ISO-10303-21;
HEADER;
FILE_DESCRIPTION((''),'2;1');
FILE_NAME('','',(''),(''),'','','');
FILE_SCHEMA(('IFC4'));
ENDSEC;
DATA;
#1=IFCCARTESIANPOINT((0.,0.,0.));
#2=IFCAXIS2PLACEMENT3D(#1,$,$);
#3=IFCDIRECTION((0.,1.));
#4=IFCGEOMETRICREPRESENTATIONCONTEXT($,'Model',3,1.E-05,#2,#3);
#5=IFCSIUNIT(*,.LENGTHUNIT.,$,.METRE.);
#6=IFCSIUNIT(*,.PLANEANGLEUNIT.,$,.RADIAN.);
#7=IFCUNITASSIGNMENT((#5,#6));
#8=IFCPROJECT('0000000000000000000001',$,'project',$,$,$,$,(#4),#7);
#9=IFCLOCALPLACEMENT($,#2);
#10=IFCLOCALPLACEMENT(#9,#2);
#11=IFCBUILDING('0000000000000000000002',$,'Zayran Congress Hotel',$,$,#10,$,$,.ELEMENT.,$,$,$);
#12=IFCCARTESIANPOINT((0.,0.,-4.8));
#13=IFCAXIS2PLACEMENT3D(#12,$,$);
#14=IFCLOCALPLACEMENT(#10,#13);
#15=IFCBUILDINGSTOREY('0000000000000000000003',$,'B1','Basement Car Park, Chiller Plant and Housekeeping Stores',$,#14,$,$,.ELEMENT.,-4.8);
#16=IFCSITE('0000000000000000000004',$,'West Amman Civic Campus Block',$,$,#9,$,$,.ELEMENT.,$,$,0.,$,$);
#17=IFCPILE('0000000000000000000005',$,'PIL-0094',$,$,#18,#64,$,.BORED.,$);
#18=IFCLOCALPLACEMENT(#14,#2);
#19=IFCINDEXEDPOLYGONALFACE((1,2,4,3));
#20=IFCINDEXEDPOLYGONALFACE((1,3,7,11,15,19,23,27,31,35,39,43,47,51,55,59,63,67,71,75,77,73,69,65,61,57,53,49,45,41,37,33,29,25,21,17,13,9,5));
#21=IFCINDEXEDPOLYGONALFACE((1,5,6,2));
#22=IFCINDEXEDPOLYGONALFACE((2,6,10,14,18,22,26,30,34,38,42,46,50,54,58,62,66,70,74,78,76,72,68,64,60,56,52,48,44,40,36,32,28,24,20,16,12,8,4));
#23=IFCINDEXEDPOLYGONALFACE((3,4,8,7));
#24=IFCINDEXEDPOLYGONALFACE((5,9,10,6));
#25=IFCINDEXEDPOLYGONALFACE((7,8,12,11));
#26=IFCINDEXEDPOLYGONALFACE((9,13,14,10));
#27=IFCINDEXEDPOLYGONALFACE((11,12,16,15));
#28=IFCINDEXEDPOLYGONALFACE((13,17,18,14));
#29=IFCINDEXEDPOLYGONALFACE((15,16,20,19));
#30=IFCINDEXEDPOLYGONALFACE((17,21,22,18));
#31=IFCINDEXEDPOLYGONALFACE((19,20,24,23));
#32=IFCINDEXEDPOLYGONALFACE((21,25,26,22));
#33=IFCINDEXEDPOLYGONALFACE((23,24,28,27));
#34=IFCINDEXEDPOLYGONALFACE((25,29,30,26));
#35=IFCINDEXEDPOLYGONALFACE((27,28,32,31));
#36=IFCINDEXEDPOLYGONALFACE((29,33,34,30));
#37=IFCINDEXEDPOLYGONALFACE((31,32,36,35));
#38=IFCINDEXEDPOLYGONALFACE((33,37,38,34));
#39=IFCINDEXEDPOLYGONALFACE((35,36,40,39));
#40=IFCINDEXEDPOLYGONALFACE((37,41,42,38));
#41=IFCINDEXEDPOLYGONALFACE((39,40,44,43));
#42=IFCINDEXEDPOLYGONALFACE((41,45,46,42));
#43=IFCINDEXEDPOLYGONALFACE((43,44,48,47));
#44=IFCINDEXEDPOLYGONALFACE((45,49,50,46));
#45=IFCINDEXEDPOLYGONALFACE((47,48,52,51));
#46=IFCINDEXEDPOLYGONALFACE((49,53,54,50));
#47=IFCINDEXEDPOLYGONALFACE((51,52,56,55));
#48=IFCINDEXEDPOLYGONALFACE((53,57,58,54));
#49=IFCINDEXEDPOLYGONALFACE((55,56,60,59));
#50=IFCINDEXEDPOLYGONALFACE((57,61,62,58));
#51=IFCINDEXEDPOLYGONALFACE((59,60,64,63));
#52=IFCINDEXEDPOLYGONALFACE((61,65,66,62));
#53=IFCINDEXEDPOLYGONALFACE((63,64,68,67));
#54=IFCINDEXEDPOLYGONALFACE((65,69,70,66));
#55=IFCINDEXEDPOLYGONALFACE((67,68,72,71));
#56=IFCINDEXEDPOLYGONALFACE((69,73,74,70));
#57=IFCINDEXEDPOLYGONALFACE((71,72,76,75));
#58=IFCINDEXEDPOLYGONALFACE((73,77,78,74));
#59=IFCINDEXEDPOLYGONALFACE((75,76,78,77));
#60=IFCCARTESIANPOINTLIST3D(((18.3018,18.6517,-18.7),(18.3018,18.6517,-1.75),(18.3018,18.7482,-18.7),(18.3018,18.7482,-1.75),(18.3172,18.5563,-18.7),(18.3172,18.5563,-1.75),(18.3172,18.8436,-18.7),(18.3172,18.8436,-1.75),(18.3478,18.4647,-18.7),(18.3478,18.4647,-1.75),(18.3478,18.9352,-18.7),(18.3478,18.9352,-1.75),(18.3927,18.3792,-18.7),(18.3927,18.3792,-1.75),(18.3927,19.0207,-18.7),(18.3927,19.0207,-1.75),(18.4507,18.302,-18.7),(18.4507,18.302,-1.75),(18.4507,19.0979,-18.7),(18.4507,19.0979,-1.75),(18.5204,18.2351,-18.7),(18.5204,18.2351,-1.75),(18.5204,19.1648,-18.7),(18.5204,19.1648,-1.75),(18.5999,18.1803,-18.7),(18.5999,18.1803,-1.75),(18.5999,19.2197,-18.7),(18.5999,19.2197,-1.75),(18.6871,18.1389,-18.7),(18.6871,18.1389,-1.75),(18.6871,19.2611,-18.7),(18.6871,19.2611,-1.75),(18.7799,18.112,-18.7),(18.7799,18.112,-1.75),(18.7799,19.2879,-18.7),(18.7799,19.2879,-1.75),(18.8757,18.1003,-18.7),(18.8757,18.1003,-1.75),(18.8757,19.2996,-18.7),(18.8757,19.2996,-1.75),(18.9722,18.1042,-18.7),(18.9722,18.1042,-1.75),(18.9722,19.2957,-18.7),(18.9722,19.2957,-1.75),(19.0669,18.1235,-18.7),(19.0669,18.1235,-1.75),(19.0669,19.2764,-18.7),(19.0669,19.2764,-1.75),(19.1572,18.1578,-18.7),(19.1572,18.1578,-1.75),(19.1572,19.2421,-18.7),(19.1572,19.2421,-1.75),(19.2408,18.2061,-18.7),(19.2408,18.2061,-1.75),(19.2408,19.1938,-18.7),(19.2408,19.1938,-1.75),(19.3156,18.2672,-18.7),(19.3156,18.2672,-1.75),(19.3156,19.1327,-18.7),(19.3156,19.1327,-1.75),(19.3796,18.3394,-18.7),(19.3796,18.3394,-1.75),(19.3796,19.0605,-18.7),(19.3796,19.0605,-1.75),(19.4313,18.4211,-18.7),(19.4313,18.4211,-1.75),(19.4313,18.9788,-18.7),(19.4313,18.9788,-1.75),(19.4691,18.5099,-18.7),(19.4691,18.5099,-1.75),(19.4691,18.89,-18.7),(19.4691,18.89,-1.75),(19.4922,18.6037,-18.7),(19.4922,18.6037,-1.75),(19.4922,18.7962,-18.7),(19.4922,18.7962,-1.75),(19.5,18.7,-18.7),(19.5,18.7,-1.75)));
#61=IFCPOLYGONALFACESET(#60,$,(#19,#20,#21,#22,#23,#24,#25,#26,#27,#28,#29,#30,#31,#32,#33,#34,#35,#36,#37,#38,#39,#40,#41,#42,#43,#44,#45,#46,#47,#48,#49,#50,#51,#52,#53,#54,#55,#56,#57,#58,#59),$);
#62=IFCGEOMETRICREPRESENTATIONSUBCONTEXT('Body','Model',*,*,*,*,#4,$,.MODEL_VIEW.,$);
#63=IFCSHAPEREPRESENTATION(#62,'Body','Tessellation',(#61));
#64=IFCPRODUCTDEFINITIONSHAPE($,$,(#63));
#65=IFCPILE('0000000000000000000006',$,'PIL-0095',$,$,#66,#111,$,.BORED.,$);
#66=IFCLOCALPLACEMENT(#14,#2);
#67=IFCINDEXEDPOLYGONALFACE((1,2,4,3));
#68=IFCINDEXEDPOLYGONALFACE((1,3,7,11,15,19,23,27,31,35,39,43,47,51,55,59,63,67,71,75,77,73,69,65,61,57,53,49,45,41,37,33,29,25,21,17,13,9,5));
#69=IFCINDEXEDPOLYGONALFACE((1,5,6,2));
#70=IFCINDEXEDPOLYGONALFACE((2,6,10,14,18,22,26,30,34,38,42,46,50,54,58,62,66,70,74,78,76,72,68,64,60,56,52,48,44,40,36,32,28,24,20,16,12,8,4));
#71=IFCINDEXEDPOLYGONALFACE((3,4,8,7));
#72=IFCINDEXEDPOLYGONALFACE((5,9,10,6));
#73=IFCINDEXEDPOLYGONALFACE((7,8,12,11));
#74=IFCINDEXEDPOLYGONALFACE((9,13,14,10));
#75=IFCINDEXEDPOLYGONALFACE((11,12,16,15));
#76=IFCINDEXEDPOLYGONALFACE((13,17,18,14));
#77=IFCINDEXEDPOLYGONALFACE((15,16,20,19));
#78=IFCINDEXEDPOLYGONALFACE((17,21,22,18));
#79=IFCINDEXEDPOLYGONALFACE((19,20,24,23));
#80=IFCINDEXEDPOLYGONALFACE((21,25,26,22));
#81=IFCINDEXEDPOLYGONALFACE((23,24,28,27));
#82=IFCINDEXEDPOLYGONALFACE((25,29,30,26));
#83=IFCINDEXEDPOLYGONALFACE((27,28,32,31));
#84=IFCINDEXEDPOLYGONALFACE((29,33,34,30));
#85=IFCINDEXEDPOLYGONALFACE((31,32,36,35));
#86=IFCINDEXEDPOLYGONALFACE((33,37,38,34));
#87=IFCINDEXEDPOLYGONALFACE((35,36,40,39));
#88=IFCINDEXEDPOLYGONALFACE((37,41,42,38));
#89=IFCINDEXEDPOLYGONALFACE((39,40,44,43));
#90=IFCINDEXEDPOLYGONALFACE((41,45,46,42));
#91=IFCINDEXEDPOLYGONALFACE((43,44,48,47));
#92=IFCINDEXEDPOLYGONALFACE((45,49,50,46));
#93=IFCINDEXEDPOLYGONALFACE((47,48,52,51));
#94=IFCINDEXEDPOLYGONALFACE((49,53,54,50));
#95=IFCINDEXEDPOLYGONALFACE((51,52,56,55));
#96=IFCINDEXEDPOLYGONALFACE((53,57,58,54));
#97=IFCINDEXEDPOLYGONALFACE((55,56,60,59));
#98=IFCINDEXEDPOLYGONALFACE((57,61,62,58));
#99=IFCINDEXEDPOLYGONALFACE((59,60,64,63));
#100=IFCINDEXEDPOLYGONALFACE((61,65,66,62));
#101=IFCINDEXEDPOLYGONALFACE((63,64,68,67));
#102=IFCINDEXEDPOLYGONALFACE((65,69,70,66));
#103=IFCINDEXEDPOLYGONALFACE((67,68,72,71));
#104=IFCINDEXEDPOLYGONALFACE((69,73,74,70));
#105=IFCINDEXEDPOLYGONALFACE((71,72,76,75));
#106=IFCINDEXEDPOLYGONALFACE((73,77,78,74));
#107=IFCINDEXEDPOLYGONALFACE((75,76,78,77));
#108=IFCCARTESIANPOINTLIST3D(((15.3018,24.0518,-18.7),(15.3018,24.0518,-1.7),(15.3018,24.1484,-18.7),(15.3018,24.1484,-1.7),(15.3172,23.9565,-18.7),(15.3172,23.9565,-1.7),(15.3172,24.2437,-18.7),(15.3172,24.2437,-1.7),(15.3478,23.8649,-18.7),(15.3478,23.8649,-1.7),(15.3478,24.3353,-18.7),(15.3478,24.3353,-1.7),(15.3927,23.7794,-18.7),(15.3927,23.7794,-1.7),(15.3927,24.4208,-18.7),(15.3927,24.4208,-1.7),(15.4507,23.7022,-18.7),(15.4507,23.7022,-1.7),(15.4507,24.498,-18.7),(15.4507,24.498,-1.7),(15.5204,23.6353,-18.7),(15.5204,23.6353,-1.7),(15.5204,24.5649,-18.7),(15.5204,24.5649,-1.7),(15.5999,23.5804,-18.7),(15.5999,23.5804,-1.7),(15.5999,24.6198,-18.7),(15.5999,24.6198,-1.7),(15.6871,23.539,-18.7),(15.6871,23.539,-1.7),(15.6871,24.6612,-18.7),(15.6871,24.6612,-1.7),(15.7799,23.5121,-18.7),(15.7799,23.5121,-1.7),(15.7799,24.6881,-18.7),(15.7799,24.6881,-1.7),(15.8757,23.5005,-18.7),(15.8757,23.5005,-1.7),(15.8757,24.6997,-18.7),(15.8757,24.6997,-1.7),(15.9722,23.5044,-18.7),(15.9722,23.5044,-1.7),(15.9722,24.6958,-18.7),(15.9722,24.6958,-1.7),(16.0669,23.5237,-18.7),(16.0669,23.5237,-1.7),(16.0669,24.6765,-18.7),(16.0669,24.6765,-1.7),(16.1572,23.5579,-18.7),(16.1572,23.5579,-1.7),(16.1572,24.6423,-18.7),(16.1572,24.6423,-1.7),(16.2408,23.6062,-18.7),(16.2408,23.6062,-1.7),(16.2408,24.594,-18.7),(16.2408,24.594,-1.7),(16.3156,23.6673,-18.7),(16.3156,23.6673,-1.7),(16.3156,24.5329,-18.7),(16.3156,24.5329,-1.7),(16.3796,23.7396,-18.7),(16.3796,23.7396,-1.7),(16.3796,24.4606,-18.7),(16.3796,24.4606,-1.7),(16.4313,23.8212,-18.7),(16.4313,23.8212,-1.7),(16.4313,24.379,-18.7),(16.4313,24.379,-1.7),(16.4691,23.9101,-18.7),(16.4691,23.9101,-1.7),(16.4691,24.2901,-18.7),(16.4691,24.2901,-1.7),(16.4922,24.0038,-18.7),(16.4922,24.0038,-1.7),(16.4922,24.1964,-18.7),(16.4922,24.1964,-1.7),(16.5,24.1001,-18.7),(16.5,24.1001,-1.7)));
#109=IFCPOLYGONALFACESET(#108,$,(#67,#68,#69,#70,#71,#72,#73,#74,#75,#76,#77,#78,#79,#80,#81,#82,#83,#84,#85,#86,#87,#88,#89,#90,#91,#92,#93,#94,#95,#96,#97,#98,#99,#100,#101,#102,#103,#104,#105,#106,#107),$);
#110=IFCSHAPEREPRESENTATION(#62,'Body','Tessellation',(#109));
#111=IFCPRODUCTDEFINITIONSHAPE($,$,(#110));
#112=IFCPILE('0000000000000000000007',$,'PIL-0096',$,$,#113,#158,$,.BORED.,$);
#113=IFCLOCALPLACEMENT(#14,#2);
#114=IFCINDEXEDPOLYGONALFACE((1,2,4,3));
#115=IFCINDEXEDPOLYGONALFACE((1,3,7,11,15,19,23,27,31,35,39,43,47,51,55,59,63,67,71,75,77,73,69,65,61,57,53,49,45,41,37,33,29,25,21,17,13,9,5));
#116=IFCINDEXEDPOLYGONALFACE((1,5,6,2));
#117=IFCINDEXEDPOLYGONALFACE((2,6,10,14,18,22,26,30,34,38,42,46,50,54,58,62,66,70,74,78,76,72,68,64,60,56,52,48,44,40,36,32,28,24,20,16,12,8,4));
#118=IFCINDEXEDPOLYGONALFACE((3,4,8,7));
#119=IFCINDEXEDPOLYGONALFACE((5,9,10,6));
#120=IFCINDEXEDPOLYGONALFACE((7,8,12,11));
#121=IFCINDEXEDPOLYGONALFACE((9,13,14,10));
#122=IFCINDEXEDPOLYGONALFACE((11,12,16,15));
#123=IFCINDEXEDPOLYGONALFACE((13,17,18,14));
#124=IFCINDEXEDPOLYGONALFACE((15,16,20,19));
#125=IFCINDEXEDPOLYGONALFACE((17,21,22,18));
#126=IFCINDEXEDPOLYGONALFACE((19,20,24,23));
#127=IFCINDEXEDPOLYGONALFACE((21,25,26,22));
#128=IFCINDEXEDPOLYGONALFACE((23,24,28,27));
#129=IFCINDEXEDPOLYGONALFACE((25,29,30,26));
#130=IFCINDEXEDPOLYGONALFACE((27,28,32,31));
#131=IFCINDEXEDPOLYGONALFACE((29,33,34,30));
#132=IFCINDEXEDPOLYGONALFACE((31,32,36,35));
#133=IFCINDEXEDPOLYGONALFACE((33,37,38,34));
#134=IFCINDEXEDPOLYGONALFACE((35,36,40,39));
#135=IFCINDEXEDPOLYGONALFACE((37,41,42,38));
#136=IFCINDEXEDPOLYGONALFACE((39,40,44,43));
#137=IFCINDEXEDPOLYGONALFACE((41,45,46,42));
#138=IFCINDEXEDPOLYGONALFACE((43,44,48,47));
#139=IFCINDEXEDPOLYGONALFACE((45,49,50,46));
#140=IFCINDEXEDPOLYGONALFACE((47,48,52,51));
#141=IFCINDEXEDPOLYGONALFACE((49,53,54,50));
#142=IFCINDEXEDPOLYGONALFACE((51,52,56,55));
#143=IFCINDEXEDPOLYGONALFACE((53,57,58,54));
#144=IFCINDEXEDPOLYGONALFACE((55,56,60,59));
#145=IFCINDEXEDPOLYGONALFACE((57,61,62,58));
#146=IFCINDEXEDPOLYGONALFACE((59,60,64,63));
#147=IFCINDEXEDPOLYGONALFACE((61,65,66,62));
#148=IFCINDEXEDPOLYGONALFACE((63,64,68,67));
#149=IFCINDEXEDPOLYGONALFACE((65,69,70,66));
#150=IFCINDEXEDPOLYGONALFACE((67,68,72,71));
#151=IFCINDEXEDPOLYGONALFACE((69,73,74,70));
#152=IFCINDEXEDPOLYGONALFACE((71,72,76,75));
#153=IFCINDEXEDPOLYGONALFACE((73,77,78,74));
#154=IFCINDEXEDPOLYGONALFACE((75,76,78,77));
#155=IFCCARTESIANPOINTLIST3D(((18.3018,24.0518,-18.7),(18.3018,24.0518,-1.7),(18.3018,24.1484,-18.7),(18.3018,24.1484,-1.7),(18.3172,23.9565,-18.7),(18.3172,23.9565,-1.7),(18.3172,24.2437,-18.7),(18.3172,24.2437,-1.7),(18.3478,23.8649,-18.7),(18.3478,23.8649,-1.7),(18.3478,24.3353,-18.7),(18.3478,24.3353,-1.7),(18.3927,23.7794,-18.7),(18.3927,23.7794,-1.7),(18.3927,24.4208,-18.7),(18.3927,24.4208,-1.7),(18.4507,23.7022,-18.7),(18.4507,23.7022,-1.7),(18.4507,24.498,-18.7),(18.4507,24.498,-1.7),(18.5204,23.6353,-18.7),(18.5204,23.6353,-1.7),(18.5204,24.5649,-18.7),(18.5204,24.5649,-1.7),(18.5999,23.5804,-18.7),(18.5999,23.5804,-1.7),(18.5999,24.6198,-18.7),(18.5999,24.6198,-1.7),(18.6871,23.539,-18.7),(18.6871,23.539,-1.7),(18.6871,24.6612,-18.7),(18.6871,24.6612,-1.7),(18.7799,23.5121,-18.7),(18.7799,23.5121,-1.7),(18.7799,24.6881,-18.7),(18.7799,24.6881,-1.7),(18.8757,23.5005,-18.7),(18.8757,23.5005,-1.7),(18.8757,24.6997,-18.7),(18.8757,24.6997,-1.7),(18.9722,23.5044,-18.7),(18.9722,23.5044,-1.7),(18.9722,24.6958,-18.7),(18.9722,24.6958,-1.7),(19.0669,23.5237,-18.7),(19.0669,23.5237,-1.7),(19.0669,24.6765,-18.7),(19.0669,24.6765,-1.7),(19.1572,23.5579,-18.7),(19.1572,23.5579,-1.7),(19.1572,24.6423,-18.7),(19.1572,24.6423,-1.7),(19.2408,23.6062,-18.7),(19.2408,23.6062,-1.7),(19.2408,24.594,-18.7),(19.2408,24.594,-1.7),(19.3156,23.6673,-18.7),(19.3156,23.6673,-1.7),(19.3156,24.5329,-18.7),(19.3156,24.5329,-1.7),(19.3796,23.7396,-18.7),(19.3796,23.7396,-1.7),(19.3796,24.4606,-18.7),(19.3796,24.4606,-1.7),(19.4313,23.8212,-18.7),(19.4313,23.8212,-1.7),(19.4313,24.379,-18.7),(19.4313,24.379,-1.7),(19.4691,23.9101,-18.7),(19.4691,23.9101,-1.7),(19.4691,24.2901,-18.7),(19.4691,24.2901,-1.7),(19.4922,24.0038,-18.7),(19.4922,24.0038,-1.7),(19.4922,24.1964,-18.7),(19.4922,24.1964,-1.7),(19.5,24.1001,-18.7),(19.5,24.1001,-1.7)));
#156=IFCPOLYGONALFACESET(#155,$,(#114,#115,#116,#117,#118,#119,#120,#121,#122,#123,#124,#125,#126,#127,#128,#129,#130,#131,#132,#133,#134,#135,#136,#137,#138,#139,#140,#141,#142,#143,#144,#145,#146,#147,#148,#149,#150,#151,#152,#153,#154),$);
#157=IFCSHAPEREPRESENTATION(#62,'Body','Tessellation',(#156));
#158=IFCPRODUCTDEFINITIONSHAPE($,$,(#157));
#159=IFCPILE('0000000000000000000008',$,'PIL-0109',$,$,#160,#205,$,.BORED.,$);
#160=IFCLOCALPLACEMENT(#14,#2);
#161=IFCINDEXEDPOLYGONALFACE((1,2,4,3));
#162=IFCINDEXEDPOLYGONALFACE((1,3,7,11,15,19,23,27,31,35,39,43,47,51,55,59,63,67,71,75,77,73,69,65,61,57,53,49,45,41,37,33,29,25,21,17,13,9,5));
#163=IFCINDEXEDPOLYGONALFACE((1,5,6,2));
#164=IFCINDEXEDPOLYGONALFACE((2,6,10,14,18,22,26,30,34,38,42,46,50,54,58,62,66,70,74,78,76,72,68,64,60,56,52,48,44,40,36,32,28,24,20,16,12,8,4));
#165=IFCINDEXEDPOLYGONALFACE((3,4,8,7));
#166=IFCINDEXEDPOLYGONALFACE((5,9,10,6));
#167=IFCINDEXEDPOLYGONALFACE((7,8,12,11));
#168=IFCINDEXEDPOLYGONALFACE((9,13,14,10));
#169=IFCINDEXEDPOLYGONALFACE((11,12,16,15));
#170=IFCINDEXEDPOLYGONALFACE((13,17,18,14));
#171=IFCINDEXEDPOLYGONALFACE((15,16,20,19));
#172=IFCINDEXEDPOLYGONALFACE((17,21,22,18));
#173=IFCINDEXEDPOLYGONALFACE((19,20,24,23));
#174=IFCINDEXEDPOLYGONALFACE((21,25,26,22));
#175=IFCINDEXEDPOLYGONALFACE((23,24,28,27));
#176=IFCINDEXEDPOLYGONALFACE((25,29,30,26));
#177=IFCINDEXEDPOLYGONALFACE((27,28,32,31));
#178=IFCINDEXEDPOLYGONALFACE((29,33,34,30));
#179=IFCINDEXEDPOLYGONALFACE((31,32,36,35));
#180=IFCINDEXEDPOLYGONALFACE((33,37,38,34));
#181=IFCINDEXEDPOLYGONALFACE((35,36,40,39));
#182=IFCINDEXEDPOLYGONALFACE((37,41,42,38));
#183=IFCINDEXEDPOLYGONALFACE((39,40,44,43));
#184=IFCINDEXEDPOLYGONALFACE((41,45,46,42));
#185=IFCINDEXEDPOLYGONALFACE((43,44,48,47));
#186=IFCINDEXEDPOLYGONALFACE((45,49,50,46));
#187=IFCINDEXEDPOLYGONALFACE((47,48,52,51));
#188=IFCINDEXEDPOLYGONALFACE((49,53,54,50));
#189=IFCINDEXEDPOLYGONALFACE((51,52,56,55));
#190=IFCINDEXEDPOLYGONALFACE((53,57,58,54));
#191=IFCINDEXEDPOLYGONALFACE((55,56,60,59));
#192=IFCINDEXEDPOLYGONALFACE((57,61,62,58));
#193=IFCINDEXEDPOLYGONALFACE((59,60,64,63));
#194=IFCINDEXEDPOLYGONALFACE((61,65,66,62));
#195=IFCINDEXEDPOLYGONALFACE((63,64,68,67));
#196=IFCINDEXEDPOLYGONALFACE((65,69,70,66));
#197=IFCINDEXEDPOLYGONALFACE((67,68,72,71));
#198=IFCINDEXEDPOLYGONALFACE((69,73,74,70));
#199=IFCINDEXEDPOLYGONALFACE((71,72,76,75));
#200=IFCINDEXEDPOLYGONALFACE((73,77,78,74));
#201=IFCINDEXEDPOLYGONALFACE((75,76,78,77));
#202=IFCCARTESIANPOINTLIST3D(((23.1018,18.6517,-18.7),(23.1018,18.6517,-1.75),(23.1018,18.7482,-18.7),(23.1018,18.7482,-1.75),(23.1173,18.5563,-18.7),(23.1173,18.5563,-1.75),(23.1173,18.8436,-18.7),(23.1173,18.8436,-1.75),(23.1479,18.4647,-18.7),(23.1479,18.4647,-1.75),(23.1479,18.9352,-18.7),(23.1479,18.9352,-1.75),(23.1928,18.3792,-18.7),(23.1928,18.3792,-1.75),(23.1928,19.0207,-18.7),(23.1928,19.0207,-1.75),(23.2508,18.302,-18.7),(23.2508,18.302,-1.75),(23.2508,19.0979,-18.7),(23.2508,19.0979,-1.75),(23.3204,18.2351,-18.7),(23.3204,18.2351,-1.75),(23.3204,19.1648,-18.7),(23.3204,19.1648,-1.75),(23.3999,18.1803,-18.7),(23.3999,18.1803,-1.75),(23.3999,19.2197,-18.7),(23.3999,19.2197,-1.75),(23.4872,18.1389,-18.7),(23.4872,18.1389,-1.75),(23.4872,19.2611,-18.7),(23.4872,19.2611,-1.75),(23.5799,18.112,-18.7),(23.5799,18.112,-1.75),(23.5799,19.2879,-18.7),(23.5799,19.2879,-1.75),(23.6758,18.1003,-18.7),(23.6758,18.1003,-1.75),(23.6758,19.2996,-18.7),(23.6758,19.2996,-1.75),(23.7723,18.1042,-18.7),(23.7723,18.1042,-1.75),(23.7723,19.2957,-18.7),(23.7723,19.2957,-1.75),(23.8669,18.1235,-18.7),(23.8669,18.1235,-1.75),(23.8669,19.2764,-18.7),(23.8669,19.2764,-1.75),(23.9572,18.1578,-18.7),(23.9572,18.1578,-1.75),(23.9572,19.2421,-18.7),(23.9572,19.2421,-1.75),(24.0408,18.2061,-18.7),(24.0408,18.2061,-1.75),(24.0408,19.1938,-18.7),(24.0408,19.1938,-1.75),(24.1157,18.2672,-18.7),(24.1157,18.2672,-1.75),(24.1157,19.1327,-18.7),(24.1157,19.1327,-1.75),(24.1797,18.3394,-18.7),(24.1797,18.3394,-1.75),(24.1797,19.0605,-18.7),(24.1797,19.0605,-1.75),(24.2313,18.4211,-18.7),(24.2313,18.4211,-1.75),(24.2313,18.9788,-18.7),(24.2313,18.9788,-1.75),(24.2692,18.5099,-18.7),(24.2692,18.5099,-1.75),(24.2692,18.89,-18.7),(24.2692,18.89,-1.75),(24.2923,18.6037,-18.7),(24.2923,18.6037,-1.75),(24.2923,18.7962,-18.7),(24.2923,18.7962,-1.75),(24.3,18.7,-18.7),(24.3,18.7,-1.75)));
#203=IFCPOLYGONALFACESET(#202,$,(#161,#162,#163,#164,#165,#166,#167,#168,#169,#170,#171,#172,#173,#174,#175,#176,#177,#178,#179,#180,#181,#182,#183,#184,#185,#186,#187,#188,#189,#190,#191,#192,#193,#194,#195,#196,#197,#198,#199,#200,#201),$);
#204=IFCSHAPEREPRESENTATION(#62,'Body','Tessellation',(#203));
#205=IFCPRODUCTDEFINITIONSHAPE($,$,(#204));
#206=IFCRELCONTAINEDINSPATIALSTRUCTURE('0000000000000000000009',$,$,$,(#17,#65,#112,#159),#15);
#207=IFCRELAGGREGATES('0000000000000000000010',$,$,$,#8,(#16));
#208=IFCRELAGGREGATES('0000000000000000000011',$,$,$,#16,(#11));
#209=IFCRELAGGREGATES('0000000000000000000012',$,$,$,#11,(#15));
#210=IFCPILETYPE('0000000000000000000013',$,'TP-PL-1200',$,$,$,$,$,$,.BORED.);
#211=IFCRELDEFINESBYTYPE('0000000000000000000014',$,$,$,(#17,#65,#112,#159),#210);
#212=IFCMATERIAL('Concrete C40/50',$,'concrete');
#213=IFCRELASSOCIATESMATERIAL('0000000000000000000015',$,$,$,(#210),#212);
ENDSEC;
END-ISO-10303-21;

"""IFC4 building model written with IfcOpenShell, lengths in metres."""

from ifc_helpers import new_model, si_unit, direction, frame, origin, origin_2d, place, context, subcontext, project, spatial, circle, extrude, material, material_profile, profile_set, type_object, element, save


model = new_model("IFC4")

# Units and contexts
model_context = context("Model", 3, precision=1e-05, world=origin(), true_north=direction((0.0, 1.0)))
body_context = subcontext(model_context, "Body", "Model", "MODEL_VIEW")
ifc_project = project(units=[si_unit("LENGTHUNIT", "METRE"), si_unit("PLANEANGLEUNIT", "RADIAN")], contexts=[model_context])

# Site, building, storey
site_placement = place(None, origin())
site = spatial("IfcSite", under=ifc_project, at=site_placement, Name="West Amman Civic Campus Block", CompositionType="ELEMENT", RefElevation=0.0)
building_placement = place(site_placement, origin())
building = spatial("IfcBuilding", under=site, at=building_placement, Name="Zayran Congress Hotel", CompositionType="ELEMENT")
storey_placement = place(building_placement, frame((0.0, 0.0, -4.8)))
storey = spatial("IfcBuildingStorey", under=building, at=storey_placement, Name="B1", Description="Basement Car Park, Chiller Plant and Housekeeping Stores", CompositionType="ELEMENT", Elevation=-4.8)

# Piles
ifc_material_1 = material(Name="Concrete C40/50", Category="concrete")
ifc_material_profile_1 = material_profile(ifc_material_1, circle(Radius=0.6001, at=origin_2d()), Name="PILE D1200")
ifc_profile_set_1 = profile_set([ifc_material_profile_1], Name="Concrete C40/50")
pile_type = type_object("IfcPileType", Name="TP-PL-1200", PredefinedType="BORED", material=ifc_profile_set_1)
for number, where, z_axis, x_axis, name in (
    (1, (18.8999, 18.7, -1.75), (0.0, 0.0, -1.0), (1.0, 0.0, 0.0), "PIL-0094"),
):
    element("IfcPile", number, at=place(storey_placement, frame(where, z_axis=z_axis, x_axis=x_axis)), inside=storey, type_object=pile_type, Name=name, PredefinedType="BORED", context=body_context, shape_type="SweptSolid", body=[
        extrude(circle(Radius=0.6001, at=origin_2d()), origin(), (0.0, 0.0, 1.0), 16.95),
    ])
for number, where, z_axis, x_axis, name in (
    (2, (15.8999, 24.1001, -1.7), (0.0, 0.0, -1.0), (1.0, 0.0, 0.0), "PIL-0095"),
    (3, (18.8999, 24.1001, -1.7), (0.0, 0.0, -1.0), (1.0, 0.0, 0.0), "PIL-0096"),
):
    element("IfcPile", number, at=place(storey_placement, frame(where, z_axis=z_axis, x_axis=x_axis)), inside=storey, type_object=pile_type, Name=name, PredefinedType="BORED", context=body_context, shape_type="SweptSolid", body=[
        extrude(circle(Radius=0.6001, at=origin_2d()), origin(), (0.0, 0.0, 1.0), 17.0),
    ])
for number, where, z_axis, x_axis, name in (
    (4, (23.7, 18.7, -1.75), (0.0, 0.0, -1.0), (1.0, 0.0, 0.0), "PIL-0109"),
):
    element("IfcPile", number, at=place(storey_placement, frame(where, z_axis=z_axis, x_axis=x_axis)), inside=storey, type_object=pile_type, Name=name, PredefinedType="BORED", context=body_context, shape_type="SweptSolid", body=[
        extrude(circle(Radius=0.6001, at=origin_2d()), origin(), (0.0, 0.0, 1.0), 16.95),
    ])

save(model, "model.ifc")
